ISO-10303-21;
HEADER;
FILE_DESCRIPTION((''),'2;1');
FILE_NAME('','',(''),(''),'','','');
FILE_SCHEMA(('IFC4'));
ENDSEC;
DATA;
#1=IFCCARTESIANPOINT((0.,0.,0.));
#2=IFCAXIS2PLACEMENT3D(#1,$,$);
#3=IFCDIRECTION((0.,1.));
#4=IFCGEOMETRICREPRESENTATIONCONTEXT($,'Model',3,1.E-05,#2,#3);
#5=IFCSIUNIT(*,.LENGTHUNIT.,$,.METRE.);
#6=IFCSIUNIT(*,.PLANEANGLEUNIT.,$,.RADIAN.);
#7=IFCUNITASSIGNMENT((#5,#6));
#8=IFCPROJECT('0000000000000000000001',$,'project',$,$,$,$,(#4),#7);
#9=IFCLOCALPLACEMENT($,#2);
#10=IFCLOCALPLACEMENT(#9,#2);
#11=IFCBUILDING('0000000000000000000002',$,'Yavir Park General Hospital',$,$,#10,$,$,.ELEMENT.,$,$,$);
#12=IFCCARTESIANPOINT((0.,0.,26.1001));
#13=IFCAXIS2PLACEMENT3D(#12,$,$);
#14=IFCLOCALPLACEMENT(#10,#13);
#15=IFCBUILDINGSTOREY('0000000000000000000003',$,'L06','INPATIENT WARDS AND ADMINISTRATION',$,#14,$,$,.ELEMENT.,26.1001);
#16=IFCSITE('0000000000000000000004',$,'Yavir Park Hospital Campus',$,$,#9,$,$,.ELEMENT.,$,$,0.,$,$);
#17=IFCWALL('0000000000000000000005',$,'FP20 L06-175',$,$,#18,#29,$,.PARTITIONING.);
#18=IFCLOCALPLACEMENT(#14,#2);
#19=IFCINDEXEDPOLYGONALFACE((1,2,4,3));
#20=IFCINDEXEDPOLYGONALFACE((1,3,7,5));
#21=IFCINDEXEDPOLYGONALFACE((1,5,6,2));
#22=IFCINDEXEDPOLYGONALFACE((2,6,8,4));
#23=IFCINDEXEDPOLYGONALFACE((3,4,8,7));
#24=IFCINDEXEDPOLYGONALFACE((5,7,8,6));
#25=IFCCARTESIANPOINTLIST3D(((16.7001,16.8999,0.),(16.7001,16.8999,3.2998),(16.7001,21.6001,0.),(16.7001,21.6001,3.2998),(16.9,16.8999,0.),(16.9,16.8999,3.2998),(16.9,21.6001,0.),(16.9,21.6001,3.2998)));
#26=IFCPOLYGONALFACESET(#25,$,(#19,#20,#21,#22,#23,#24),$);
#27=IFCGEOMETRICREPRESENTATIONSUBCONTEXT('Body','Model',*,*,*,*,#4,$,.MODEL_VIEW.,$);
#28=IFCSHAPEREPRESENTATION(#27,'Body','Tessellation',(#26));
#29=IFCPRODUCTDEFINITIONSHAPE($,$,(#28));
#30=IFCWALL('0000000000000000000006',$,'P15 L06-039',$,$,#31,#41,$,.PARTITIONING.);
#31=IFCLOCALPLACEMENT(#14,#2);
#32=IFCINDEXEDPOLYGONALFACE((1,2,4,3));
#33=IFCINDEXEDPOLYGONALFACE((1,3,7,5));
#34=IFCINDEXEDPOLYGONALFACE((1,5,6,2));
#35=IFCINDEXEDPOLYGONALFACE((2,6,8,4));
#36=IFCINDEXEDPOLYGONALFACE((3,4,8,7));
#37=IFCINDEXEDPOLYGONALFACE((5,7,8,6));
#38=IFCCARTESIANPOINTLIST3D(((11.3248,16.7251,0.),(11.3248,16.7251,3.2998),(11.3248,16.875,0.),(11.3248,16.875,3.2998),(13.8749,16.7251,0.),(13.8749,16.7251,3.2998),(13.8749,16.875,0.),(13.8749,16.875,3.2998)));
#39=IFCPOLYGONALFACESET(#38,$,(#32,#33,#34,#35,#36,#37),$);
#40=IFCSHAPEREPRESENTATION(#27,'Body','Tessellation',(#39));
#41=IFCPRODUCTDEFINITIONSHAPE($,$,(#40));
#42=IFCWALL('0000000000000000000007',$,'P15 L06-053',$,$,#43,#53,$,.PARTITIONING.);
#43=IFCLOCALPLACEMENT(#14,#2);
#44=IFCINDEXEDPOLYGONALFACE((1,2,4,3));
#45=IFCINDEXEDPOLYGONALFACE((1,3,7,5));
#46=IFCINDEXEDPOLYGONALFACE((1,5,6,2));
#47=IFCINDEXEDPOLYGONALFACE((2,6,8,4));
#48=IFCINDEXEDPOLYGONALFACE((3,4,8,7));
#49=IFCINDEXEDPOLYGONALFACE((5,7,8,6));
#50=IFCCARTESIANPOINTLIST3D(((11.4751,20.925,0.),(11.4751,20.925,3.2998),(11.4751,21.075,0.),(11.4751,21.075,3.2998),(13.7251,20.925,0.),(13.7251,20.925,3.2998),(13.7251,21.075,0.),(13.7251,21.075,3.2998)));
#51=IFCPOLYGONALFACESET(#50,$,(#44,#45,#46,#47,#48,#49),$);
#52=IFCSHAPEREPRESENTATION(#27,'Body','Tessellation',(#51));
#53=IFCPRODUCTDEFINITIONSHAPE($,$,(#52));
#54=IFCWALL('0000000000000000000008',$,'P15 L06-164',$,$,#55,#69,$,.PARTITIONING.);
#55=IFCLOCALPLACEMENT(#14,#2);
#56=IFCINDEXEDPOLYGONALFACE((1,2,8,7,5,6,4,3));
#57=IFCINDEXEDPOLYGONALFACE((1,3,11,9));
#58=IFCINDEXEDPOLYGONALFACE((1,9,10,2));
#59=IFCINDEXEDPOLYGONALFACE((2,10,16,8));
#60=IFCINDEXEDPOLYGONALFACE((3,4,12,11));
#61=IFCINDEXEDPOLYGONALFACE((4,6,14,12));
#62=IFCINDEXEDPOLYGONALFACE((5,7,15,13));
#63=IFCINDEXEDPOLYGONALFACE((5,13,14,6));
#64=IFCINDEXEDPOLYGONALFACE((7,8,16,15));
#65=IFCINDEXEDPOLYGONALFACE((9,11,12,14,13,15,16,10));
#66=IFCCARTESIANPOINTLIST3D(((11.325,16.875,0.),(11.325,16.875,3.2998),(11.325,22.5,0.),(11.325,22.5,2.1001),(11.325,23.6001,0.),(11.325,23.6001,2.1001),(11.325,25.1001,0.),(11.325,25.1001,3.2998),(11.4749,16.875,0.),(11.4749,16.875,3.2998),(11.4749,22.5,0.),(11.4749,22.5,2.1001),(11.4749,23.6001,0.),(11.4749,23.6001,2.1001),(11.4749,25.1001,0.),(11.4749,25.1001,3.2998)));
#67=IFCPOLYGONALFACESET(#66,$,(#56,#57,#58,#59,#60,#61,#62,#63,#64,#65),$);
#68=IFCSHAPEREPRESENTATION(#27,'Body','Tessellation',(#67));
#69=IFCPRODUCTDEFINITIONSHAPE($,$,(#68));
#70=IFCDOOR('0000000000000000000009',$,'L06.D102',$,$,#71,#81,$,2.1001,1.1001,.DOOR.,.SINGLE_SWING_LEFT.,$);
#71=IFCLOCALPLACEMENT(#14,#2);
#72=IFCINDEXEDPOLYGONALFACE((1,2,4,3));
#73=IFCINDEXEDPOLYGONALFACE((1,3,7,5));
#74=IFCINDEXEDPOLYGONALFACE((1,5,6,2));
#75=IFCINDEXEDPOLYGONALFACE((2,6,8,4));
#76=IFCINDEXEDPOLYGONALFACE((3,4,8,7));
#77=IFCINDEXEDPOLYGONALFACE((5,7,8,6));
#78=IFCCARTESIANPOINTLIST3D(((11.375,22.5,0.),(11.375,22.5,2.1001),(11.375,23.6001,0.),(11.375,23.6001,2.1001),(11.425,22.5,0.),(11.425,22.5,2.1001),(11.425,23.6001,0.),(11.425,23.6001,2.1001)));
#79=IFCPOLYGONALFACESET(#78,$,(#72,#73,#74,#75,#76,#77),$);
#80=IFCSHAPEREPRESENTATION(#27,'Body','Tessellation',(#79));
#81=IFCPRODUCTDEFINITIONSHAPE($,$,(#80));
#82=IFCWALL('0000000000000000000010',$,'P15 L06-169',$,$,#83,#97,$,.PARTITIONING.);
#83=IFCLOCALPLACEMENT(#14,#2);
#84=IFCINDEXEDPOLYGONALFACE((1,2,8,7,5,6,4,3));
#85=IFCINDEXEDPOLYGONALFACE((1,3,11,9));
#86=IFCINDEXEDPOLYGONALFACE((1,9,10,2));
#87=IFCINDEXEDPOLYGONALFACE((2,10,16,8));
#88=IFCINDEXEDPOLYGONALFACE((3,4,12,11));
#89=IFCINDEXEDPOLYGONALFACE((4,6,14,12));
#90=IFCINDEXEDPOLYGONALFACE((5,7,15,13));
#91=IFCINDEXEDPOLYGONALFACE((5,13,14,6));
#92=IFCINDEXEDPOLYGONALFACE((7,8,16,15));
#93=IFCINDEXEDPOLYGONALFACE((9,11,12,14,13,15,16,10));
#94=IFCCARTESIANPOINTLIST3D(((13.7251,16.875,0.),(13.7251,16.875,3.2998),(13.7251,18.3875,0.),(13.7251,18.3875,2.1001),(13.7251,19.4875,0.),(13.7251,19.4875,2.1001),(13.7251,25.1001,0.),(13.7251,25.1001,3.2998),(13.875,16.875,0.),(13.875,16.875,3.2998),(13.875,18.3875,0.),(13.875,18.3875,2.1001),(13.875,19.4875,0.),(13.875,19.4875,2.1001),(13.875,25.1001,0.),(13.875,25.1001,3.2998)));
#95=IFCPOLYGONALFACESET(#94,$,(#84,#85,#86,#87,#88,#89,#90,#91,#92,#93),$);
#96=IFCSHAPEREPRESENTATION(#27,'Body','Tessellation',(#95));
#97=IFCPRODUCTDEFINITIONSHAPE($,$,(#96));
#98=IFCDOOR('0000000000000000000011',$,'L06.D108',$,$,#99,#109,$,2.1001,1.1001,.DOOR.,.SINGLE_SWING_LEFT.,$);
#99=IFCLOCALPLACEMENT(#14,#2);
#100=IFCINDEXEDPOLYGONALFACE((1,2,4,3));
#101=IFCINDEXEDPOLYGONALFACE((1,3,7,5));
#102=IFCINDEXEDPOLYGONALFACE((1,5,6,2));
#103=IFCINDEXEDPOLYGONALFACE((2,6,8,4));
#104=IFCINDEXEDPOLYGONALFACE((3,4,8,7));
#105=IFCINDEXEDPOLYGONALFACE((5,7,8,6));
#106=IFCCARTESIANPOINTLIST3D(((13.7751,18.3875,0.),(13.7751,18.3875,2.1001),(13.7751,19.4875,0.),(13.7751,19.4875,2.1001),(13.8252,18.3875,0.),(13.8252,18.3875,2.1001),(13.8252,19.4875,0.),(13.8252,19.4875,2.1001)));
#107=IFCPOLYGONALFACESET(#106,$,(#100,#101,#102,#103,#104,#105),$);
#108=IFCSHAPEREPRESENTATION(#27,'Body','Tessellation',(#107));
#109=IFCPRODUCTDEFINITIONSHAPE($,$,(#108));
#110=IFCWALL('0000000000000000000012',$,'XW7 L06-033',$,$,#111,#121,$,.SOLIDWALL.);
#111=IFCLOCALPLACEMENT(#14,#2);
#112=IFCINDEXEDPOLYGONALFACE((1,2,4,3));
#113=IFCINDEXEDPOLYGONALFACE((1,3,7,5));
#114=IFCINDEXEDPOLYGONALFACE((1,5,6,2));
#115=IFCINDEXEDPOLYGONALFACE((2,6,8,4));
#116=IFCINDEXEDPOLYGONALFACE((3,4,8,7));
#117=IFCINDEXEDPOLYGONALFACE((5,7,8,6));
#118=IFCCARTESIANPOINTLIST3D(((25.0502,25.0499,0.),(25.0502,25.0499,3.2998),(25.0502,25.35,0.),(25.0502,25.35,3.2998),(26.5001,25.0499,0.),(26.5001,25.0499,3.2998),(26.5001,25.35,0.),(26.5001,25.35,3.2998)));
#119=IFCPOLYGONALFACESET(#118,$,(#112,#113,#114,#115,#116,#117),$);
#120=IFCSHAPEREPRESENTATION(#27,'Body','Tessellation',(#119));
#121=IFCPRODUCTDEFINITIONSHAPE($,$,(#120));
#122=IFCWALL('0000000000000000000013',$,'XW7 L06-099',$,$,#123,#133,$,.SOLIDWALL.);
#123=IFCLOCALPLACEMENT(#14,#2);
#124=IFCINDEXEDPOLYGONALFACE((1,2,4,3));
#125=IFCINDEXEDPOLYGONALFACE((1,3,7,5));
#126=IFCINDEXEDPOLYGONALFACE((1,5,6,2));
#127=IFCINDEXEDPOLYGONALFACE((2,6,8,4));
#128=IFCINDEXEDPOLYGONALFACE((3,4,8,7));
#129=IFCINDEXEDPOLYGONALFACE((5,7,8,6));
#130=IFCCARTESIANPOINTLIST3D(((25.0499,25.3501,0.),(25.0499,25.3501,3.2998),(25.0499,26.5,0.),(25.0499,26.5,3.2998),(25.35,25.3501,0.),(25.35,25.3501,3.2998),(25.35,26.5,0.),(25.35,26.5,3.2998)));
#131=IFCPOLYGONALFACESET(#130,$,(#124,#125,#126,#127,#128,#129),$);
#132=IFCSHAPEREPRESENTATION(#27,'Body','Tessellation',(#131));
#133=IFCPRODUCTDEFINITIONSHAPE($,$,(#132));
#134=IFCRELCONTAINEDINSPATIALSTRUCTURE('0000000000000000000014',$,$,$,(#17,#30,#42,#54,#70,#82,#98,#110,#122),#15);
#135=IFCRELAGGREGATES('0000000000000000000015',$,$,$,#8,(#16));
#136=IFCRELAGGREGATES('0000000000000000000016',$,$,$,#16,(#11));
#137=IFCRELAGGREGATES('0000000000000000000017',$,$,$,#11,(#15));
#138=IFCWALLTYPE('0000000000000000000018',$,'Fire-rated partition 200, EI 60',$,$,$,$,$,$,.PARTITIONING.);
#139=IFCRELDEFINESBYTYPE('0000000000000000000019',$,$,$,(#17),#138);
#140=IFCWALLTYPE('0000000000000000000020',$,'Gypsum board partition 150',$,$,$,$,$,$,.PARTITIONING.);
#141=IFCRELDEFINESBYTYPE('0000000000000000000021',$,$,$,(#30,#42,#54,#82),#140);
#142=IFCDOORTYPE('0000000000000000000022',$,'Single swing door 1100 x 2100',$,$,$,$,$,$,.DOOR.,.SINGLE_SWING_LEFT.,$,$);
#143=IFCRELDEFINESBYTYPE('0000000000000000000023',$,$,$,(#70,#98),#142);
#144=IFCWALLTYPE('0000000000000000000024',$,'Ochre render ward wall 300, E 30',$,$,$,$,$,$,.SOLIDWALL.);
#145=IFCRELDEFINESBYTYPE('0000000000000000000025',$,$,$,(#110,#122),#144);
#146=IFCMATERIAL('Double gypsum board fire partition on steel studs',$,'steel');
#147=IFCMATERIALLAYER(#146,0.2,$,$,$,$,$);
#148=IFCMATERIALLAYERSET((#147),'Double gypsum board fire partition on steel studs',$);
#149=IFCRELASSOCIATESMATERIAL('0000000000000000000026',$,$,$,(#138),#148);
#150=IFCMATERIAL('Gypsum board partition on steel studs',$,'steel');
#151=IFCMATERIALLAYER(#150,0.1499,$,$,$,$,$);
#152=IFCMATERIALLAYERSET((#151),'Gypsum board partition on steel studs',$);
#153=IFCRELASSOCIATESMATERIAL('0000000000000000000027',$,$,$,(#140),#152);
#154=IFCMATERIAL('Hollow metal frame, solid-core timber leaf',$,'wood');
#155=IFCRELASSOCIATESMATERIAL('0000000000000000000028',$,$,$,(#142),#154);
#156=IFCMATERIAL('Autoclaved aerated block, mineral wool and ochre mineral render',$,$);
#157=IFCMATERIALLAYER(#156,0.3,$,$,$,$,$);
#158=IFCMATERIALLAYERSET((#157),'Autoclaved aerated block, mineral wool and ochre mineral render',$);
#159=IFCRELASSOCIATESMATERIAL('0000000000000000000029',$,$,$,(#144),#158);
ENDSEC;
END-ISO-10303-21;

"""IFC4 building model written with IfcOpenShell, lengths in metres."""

from ifc_helpers import new_model, si_unit, direction, frame, frame_2d, origin, place, context, subcontext, project, spatial, rectangle, extrude, material, layer, layer_set, type_object, element, fill, save


model = new_model("IFC4")

# Units and contexts
model_context = context("Model", 3, precision=1e-05, world=origin(), true_north=direction((0.0, 1.0)))
body_context = subcontext(model_context, "Body", "Model", "MODEL_VIEW")
ifc_project = project(units=[si_unit("LENGTHUNIT", "METRE"), si_unit("PLANEANGLEUNIT", "RADIAN")], contexts=[model_context])

# Site, building, storey
site_placement = place(None, origin())
site = spatial("IfcSite", under=ifc_project, at=site_placement, Name="Yavir Park Hospital Campus", CompositionType="ELEMENT", RefElevation=0.0)
building_placement = place(site_placement, origin())
building = spatial("IfcBuilding", under=site, at=building_placement, Name="Yavir Park General Hospital", CompositionType="ELEMENT")
storey_placement = place(building_placement, frame((0.0, 0.0, 26.1001)))
storey = spatial("IfcBuildingStorey", under=building, at=storey_placement, Name="L06", Description="INPATIENT WARDS AND ADMINISTRATION", CompositionType="ELEMENT", Elevation=26.1001)

# Shared definitions
ifc_material_1 = material(Name="Double gypsum board fire partition on steel studs", Category="steel")
ifc_layer_1 = layer(ifc_material_1, 0.2)
ifc_layer_set_1 = layer_set([ifc_layer_1], Name="Double gypsum board fire partition on steel studs")
wall_type_1 = type_object("IfcWallType", Name="Fire-rated partition 200, EI 60", PredefinedType="PARTITIONING", material=ifc_layer_set_1)

# Walls
wall_1_placement = place(storey_placement, frame((16.8, 16.8999, 0.0), z_axis=(0.0, 0.0, 1.0), x_axis=(0.0, 1.0, 0.0)))
element("IfcWall", 1, at=wall_1_placement, inside=storey, type_object=wall_type_1, Name="FP20 L06-175", PredefinedType="PARTITIONING", context=body_context, shape_type="SweptSolid", body=[
    extrude(rectangle(XDim=4.7002, YDim=0.2, at=frame_2d((2.3501, 0.0))), origin(), (0.0, 0.0, 1.0), 3.2998),
])
ifc_material_2 = material(Name="Gypsum board partition on steel studs", Category="steel")
ifc_layer_2 = layer(ifc_material_2, 0.1499)
ifc_layer_set_2 = layer_set([ifc_layer_2], Name="Gypsum board partition on steel studs")
wall_type_2 = type_object("IfcWallType", Name="Gypsum board partition 150", PredefinedType="PARTITIONING", material=ifc_layer_set_2)
wall_2_placement = place(storey_placement, frame((11.325, 16.8, 0.0), z_axis=(0.0, 0.0, 1.0), x_axis=(1.0, 0.0, 0.0)))
element("IfcWall", 2, at=wall_2_placement, inside=storey, type_object=wall_type_2, Name="P15 L06-039", PredefinedType="PARTITIONING", context=body_context, shape_type="SweptSolid", body=[
    extrude(rectangle(XDim=2.55, YDim=0.1499, at=frame_2d((1.2749, 0.0))), origin(), (0.0, 0.0, 1.0), 3.2998),
])
wall_3_placement = place(storey_placement, frame((11.4751, 21.0, 0.0), z_axis=(0.0, 0.0, 1.0), x_axis=(1.0, 0.0, 0.0)))
element("IfcWall", 3, at=wall_3_placement, inside=storey, type_object=wall_type_2, Name="P15 L06-053", PredefinedType="PARTITIONING", context=body_context, shape_type="SweptSolid", body=[
    extrude(rectangle(XDim=2.25, YDim=0.1499, at=frame_2d((1.125, 0.0))), origin(), (0.0, 0.0, 1.0), 3.2998),
])

# Walls, openings, doors
wall_4_placement = place(storey_placement, frame((11.3999, 16.875, 0.0), z_axis=(0.0, 0.0, 1.0), x_axis=(0.0, 1.0, 0.0)))
wall_4 = element("IfcWall", 4, at=wall_4_placement, inside=storey, type_object=wall_type_2, Name="P15 L06-164", PredefinedType="PARTITIONING", context=body_context, shape_type="SweptSolid", body=[
    extrude(rectangle(XDim=8.2251, YDim=0.1499, at=frame_2d((4.1125, 0.0))), origin(), (0.0, 0.0, 1.0), 3.2998),
])
opening_1_placement = place(wall_4_placement, frame((5.625, 0.0, 0.0)))
opening_1 = element("IfcOpeningElement", 5, at=opening_1_placement, cuts=wall_4, PredefinedType="OPENING", context=body_context, shape_type="SweptSolid", body=[
    extrude(rectangle(XDim=1.1001, YDim=2.1001, at=frame_2d((0.55, 1.05))), frame((0.0, 0.085, 0.0), z_axis=(0.0, -1.0, 0.0), x_axis=(1.0, 0.0, 0.0)), (0.0, 0.0, 1.0), 0.1699),
])
ifc_material_3 = material(Name="Hollow metal frame, solid-core timber leaf", Category="wood")
door_type_1 = type_object("IfcDoorType", Name="Single swing door 1100 x 2100", OperationType="SINGLE_SWING_LEFT", PredefinedType="DOOR", material=ifc_material_3)
door_1_placement = place(opening_1_placement, origin())
door_1 = element("IfcDoor", 6, at=door_1_placement, inside=storey, type_object=door_type_1, Name="L06.D102", OperationType="SINGLE_SWING_LEFT", OverallHeight=2.1001, OverallWidth=1.1001, PredefinedType="DOOR", context=body_context, shape_type="SweptSolid", body=[
    extrude(rectangle(XDim=1.1001, YDim=2.1001, at=frame_2d((0.55, 1.05))), frame((0.0, 0.0249, 0.0), z_axis=(0.0, -1.0, 0.0), x_axis=(1.0, 0.0, 0.0)), (0.0, 0.0, 1.0), 0.05),
])
fill(opening_1, door_1)
wall_5_placement = place(storey_placement, frame((13.8, 16.875, 0.0), z_axis=(0.0, 0.0, 1.0), x_axis=(0.0, 1.0, 0.0)))
wall_5 = element("IfcWall", 7, at=wall_5_placement, inside=storey, type_object=wall_type_2, Name="P15 L06-169", PredefinedType="PARTITIONING", context=body_context, shape_type="SweptSolid", body=[
    extrude(rectangle(XDim=8.2251, YDim=0.1499, at=frame_2d((4.1125, 0.0))), origin(), (0.0, 0.0, 1.0), 3.2998),
])
opening_2_placement = place(wall_5_placement, frame((1.5125, 0.0, 0.0)))
opening_2 = element("IfcOpeningElement", 8, at=opening_2_placement, cuts=wall_5, PredefinedType="OPENING", context=body_context, shape_type="SweptSolid", body=[
    extrude(rectangle(XDim=1.1001, YDim=2.1001, at=frame_2d((0.55, 1.05))), frame((0.0, 0.085, 0.0), z_axis=(0.0, -1.0, 0.0), x_axis=(1.0, 0.0, 0.0)), (0.0, 0.0, 1.0), 0.1699),
])
door_2_placement = place(opening_2_placement, origin())
door_2 = element("IfcDoor", 9, at=door_2_placement, inside=storey, type_object=door_type_1, Name="L06.D108", OperationType="SINGLE_SWING_LEFT", OverallHeight=2.1001, OverallWidth=1.1001, PredefinedType="DOOR", context=body_context, shape_type="SweptSolid", body=[
    extrude(rectangle(XDim=1.1001, YDim=2.1001, at=frame_2d((0.55, 1.05))), frame((0.0, 0.0249, 0.0), z_axis=(0.0, -1.0, 0.0), x_axis=(1.0, 0.0, 0.0)), (0.0, 0.0, 1.0), 0.05),
])
fill(opening_2, door_2)

# Walls
ifc_material_4 = material(Name="Autoclaved aerated block, mineral wool and ochre mineral render")
ifc_layer_3 = layer(ifc_material_4, 0.3)
ifc_layer_set_3 = layer_set([ifc_layer_3], Name="Autoclaved aerated block, mineral wool and ochre mineral render")
wall_type_3 = type_object("IfcWallType", Name="Ochre render ward wall 300, E 30", PredefinedType="SOLIDWALL", material=ifc_layer_set_3)
wall_6_placement = place(storey_placement, frame((25.05, 25.2, 0.0), z_axis=(0.0, 0.0, 1.0), x_axis=(1.0, 0.0, 0.0)))
element("IfcWall", 10, at=wall_6_placement, inside=storey, type_object=wall_type_3, Name="XW7 L06-033", PredefinedType="SOLIDWALL", context=body_context, shape_type="SweptSolid", body=[
    extrude(rectangle(XDim=1.45, YDim=0.3, at=frame_2d((0.7251, 0.0))), origin(), (0.0, 0.0, 1.0), 3.2998),
])
wall_7_placement = place(storey_placement, frame((25.2, 25.3501, 0.0), z_axis=(0.0, 0.0, 1.0), x_axis=(0.0, 1.0, 0.0)))
element("IfcWall", 11, at=wall_7_placement, inside=storey, type_object=wall_type_3, Name="XW7 L06-099", PredefinedType="SOLIDWALL", context=body_context, shape_type="SweptSolid", body=[
    extrude(rectangle(XDim=1.1499, YDim=0.3, at=frame_2d((0.575, 0.0))), origin(), (0.0, 0.0, 1.0), 3.2998),
])

save(model, "model.ifc")
